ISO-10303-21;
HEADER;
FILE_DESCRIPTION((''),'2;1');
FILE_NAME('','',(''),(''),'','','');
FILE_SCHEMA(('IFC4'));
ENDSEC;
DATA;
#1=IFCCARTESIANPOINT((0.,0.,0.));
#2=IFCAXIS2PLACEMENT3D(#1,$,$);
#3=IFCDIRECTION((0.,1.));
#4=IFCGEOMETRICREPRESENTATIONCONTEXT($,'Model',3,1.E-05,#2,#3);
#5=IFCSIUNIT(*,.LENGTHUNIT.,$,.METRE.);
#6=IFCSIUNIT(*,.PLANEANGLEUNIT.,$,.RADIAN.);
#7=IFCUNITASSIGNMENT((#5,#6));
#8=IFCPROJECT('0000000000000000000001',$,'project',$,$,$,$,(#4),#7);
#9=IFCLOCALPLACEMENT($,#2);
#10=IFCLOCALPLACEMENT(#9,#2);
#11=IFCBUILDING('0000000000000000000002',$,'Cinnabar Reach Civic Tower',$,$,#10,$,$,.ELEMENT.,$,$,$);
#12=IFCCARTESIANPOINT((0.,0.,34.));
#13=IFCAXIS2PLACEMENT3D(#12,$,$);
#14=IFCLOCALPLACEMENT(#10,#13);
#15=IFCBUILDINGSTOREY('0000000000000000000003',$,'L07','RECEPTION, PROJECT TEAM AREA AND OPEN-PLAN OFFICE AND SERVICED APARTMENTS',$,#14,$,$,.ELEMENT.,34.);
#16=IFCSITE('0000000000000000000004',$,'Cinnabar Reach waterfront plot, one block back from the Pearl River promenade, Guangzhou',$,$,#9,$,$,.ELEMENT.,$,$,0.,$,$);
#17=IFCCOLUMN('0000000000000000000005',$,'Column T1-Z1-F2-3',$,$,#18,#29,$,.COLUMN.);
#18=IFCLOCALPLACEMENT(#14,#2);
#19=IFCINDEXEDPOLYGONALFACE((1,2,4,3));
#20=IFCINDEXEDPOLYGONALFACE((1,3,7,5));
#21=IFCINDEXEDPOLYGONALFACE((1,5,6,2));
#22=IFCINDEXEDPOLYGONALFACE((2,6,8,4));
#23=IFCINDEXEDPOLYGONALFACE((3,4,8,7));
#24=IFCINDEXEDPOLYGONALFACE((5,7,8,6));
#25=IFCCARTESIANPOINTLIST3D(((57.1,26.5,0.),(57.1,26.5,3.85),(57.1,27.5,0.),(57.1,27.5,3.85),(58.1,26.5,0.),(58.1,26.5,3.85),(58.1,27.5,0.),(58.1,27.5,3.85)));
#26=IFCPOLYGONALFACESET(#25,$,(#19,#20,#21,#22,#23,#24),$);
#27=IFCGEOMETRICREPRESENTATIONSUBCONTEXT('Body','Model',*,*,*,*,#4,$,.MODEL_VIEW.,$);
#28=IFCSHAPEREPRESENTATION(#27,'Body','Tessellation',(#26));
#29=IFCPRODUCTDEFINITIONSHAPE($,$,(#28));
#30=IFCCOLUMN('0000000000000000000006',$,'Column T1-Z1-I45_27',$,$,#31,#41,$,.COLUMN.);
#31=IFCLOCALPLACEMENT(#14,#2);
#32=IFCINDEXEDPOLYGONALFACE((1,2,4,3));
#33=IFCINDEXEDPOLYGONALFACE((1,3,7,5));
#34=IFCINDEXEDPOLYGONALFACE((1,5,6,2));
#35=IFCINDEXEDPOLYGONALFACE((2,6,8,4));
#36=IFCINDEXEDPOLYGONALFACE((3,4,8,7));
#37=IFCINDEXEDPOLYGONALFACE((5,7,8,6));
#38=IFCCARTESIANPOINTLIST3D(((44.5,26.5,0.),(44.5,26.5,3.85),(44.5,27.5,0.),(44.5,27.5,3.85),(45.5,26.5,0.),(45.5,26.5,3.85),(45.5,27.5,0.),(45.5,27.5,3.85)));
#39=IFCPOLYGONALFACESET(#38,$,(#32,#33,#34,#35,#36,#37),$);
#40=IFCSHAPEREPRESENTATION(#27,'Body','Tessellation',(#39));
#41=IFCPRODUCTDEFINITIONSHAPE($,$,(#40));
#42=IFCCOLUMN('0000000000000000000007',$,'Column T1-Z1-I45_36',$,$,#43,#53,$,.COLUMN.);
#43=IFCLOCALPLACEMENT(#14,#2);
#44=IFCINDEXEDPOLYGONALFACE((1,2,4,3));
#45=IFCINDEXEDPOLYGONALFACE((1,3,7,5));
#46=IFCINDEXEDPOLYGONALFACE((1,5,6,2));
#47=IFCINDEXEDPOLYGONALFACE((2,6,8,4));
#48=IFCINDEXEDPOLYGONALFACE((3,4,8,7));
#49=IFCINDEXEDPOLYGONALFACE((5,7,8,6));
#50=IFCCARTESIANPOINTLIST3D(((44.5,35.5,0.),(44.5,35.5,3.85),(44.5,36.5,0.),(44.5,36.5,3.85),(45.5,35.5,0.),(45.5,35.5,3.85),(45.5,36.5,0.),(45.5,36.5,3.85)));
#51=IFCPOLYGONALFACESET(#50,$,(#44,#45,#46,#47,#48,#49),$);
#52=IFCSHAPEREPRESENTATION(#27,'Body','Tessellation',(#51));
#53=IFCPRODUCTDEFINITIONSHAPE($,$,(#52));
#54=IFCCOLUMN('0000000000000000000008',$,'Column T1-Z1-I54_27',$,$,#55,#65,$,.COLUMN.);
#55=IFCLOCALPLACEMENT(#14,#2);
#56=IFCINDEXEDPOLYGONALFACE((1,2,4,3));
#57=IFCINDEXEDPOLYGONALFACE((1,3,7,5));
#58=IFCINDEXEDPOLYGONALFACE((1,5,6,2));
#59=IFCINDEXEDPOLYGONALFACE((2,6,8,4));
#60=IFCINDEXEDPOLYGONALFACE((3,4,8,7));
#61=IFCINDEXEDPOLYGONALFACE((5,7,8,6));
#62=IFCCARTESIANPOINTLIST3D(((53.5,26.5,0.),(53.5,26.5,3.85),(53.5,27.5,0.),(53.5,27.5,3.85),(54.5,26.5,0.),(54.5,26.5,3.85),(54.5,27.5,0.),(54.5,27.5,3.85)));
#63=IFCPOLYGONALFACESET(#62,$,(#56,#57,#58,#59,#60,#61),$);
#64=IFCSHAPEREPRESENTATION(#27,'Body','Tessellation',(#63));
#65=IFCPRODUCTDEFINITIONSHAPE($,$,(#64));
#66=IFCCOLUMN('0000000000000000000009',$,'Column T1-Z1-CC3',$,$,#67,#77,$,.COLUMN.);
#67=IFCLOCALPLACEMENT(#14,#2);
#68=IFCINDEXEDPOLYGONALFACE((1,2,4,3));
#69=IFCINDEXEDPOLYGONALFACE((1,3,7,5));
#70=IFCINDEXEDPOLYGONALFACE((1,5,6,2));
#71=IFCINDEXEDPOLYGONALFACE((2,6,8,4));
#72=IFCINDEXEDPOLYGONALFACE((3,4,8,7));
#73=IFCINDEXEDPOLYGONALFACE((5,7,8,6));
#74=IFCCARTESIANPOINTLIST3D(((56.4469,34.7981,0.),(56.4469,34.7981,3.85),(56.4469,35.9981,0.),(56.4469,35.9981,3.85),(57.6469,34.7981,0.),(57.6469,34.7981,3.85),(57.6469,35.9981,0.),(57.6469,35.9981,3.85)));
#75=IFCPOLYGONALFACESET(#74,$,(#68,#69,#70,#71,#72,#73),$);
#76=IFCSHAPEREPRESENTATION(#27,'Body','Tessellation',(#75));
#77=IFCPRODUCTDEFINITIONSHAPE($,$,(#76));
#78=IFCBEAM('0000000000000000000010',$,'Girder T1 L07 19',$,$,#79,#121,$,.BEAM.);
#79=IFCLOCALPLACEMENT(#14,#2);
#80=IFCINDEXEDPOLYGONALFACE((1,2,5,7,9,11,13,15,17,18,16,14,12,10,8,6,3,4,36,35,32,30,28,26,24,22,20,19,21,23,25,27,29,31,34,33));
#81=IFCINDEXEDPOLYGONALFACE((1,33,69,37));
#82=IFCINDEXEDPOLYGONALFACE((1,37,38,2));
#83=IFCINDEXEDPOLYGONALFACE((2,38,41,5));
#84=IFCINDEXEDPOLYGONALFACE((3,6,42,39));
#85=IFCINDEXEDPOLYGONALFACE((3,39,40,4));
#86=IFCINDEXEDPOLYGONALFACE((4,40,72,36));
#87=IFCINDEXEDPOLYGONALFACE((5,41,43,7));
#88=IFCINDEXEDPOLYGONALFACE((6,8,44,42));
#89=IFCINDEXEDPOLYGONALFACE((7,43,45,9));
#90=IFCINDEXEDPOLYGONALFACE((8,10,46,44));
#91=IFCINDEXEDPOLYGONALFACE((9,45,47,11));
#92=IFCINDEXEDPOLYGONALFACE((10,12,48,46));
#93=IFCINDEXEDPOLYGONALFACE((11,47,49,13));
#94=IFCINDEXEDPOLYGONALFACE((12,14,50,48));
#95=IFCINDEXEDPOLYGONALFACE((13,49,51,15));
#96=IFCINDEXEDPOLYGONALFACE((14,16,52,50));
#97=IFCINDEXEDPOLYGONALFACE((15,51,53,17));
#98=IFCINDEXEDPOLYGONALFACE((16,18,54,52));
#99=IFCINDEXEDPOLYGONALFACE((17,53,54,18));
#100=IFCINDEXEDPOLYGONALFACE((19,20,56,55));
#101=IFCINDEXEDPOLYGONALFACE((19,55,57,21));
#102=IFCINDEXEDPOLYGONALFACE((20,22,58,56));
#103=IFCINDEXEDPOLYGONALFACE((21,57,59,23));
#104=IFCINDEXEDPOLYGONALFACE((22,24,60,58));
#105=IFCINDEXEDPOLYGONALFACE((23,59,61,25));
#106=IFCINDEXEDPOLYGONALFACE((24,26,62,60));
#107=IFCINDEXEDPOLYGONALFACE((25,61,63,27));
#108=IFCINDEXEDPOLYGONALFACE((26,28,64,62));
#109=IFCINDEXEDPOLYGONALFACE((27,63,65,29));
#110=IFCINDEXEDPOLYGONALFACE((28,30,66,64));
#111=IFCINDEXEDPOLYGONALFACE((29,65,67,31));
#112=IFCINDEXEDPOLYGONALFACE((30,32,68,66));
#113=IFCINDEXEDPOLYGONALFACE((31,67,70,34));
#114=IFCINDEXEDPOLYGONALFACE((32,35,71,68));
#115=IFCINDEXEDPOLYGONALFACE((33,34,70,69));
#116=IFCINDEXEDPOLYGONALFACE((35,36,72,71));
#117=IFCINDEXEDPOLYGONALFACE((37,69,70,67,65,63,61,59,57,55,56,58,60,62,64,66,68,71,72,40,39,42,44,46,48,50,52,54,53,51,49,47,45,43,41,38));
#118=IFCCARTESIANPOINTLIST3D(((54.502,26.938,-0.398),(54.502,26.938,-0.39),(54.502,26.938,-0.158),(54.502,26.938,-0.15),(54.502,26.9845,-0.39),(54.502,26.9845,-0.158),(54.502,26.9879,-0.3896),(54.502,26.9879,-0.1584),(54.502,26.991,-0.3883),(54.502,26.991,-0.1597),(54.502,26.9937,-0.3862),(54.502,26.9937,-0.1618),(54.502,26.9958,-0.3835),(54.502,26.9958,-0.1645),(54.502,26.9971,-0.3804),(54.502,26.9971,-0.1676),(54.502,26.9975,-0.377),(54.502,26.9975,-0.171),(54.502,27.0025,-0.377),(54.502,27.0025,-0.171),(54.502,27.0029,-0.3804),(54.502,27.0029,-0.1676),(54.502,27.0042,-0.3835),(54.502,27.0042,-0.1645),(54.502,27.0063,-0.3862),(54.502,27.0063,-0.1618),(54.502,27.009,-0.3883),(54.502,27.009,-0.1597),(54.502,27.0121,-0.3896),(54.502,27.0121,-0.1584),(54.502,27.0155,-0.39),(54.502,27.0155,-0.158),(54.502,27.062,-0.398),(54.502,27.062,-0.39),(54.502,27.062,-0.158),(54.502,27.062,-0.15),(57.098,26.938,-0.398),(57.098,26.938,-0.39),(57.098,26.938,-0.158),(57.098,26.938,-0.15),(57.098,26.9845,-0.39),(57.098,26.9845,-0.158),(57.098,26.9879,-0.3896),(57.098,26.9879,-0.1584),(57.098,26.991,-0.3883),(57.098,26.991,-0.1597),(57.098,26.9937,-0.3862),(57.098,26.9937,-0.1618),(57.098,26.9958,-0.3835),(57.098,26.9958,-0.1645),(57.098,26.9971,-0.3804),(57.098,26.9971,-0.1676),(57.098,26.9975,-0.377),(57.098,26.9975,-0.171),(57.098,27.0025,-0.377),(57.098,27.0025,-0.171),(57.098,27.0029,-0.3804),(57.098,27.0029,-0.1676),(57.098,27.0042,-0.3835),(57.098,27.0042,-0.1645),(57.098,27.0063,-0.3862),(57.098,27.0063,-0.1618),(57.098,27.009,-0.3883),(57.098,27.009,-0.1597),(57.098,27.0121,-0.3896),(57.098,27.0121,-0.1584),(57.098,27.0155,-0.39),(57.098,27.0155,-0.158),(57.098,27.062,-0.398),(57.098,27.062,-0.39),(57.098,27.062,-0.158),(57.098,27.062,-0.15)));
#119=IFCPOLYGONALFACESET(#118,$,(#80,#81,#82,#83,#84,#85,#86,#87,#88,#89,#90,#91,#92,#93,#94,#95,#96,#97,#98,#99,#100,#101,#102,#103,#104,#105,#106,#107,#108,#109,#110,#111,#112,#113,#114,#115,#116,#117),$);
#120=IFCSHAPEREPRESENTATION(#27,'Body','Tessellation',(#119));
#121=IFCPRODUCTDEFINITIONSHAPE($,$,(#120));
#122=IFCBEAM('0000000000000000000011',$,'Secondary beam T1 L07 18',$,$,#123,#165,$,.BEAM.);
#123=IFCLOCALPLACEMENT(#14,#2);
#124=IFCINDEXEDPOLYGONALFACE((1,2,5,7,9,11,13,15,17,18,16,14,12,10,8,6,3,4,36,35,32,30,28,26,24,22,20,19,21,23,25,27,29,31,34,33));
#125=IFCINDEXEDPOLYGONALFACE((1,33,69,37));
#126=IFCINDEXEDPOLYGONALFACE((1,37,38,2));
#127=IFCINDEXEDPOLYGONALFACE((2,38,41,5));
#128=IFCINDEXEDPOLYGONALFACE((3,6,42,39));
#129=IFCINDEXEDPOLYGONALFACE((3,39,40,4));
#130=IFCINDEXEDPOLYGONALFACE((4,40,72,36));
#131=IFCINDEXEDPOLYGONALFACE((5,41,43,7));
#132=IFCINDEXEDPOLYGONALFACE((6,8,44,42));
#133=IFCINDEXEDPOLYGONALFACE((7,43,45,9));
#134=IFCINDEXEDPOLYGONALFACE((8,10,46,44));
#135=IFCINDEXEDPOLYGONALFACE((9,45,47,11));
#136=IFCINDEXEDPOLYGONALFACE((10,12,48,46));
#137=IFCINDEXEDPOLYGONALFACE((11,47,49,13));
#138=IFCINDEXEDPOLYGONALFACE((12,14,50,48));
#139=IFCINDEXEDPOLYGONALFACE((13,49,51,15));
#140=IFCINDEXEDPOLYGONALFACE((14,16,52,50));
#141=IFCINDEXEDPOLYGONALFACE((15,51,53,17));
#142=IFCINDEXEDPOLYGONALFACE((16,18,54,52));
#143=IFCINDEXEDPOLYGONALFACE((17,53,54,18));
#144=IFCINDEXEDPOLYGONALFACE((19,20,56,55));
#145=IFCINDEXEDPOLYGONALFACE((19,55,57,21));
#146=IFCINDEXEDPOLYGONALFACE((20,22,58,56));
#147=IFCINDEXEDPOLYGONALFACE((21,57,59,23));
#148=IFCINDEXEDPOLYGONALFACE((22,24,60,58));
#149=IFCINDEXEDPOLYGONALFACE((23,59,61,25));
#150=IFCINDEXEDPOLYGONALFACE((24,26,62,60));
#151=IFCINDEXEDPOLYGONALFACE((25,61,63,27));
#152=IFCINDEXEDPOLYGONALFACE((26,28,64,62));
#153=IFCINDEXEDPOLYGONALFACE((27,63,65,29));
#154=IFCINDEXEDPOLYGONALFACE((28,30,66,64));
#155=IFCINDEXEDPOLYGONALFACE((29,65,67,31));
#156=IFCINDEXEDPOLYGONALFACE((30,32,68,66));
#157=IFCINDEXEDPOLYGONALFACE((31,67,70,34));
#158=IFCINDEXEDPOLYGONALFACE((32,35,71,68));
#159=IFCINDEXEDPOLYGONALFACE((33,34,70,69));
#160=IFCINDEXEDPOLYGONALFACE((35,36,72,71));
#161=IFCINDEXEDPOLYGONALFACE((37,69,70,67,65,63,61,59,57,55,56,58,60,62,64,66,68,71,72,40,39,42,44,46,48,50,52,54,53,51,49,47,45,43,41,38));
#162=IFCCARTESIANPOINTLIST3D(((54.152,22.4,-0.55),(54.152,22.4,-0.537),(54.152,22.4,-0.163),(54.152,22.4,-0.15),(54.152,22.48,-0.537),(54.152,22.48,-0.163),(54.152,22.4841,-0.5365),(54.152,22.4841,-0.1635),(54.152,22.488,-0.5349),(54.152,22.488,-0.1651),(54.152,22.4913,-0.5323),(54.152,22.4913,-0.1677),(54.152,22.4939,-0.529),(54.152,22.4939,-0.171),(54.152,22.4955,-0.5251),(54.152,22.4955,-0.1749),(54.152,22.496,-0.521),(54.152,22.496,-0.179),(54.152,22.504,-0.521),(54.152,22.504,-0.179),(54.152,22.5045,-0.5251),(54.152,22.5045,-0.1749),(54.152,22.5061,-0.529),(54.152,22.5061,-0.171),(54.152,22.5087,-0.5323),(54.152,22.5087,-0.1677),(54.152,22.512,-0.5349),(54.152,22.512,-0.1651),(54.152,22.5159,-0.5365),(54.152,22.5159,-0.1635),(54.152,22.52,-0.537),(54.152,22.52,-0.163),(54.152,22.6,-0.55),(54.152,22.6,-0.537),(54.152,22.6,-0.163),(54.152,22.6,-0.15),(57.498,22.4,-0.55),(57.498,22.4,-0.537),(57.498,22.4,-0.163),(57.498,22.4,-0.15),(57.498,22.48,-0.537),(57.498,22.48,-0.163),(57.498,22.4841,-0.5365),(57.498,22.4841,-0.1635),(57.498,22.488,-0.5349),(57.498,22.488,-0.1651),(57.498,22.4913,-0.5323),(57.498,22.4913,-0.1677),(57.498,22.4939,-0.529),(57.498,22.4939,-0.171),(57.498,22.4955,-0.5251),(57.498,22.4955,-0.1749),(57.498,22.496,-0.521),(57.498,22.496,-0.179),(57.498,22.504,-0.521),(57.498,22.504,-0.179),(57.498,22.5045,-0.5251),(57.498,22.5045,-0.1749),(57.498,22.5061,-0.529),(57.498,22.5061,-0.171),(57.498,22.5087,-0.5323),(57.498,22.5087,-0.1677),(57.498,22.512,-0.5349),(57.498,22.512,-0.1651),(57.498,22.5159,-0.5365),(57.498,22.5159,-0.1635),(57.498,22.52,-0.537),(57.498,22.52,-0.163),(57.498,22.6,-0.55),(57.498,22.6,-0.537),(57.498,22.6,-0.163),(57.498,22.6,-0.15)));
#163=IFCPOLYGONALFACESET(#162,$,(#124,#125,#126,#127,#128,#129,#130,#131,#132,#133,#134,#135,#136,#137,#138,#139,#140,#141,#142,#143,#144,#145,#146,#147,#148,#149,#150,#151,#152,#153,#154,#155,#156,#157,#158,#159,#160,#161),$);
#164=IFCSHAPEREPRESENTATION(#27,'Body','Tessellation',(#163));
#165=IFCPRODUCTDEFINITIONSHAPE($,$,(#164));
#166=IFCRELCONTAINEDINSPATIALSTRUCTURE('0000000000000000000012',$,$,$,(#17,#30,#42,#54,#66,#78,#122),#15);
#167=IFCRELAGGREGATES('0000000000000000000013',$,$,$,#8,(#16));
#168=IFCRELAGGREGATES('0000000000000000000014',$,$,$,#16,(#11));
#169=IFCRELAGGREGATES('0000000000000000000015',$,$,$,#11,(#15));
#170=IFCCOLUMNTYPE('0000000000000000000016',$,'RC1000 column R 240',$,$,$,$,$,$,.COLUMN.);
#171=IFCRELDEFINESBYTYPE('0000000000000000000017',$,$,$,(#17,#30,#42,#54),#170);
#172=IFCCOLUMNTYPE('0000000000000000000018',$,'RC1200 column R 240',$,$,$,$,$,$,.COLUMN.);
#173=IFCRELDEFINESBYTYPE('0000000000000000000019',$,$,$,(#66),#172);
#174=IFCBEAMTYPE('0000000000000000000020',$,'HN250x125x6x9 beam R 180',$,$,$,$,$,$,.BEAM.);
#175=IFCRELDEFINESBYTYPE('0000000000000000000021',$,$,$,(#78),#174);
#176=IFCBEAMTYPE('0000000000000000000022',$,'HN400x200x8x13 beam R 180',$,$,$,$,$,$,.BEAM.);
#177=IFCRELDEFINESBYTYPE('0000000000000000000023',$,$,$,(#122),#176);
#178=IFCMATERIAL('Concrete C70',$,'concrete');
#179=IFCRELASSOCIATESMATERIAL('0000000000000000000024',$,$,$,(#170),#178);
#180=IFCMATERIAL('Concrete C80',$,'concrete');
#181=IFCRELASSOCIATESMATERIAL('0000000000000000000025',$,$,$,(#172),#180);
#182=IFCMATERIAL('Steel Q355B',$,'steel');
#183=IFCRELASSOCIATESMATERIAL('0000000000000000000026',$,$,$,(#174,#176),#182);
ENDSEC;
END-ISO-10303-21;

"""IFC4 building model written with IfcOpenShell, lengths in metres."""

from ifc_helpers import new_model, si_unit, direction, frame, origin, origin_2d, place, context, subcontext, project, spatial, rectangle, i_section, extrude, material, material_profile, profile_set, type_object, element, save


model = new_model("IFC4")

# Units and contexts
model_context = context("Model", 3, precision=1e-05, world=origin(), true_north=direction((0.0, 1.0)))
body_context = subcontext(model_context, "Body", "Model", "MODEL_VIEW")
ifc_project = project(units=[si_unit("LENGTHUNIT", "METRE"), si_unit("PLANEANGLEUNIT", "RADIAN")], contexts=[model_context])

# Site, building, storey
site_placement = place(None, origin())
site = spatial("IfcSite", under=ifc_project, at=site_placement, Name="Cinnabar Reach waterfront plot, one block back from the Pearl River promenade, Guangzhou", CompositionType="ELEMENT", RefElevation=0.0)
building_placement = place(site_placement, origin())
building = spatial("IfcBuilding", under=site, at=building_placement, Name="Cinnabar Reach Civic Tower", CompositionType="ELEMENT")
storey_placement = place(building_placement, frame((0.0, 0.0, 34.0)))
storey = spatial("IfcBuildingStorey", under=building, at=storey_placement, Name="L07", Description="RECEPTION, PROJECT TEAM AREA AND OPEN-PLAN OFFICE AND SERVICED APARTMENTS", CompositionType="ELEMENT", Elevation=34.0)

# Columns
ifc_material_1 = material(Name="Concrete C70", Category="concrete")
ifc_material_profile_1 = material_profile(ifc_material_1, rectangle(XDim=1.0, YDim=1.0, at=origin_2d()), Name="RC1000")
ifc_profile_set_1 = profile_set([ifc_material_profile_1], Name="Concrete C70")
column_type_1 = type_object("IfcColumnType", Name="RC1000 column R 240", PredefinedType="COLUMN", material=ifc_profile_set_1)
for number, where, z_axis, x_axis, name in (
    (1, (57.6, 27.0, 0.0), (0.0, 0.0, 1.0), (1.0, 0.0, 0.0), "Column T1-Z1-F2-3"),
    (2, (45.0, 27.0, 0.0), (0.0, 0.0, 1.0), (1.0, 0.0, 0.0), "Column T1-Z1-I45_27"),
    (3, (45.0, 36.0, 0.0), (0.0, 0.0, 1.0), (1.0, 0.0, 0.0), "Column T1-Z1-I45_36"),
    (4, (54.0, 27.0, 0.0), (0.0, 0.0, 1.0), (1.0, 0.0, 0.0), "Column T1-Z1-I54_27"),
):
    element("IfcColumn", number, at=place(storey_placement, frame(where, z_axis=z_axis, x_axis=x_axis)), inside=storey, type_object=column_type_1, Name=name, PredefinedType="COLUMN", context=body_context, shape_type="SweptSolid", body=[
        extrude(rectangle(XDim=1.0, YDim=1.0, at=origin_2d()), origin(), (0.0, 0.0, 1.0), 3.85),
    ])
ifc_material_2 = material(Name="Concrete C80", Category="concrete")
ifc_material_profile_2 = material_profile(ifc_material_2, rectangle(XDim=1.2, YDim=1.2, at=origin_2d()), Name="RC1200")
ifc_profile_set_2 = profile_set([ifc_material_profile_2], Name="Concrete C80")
column_type_2 = type_object("IfcColumnType", Name="RC1200 column R 240", PredefinedType="COLUMN", material=ifc_profile_set_2)
column_placement = place(storey_placement, frame((57.0469, 35.3981, 0.0), z_axis=(0.0, 0.0, 1.0), x_axis=(1.0, 0.0, 0.0)))
element("IfcColumn", 5, at=column_placement, inside=storey, type_object=column_type_2, Name="Column T1-Z1-CC3", PredefinedType="COLUMN", context=body_context, shape_type="SweptSolid", body=[
    extrude(rectangle(XDim=1.2, YDim=1.2, at=origin_2d()), origin(), (0.0, 0.0, 1.0), 3.85),
])

# Beams
ifc_material_3 = material(Name="Steel Q355B", Category="steel")
ifc_material_profile_3 = material_profile(ifc_material_3, i_section(OverallWidth=0.124, OverallDepth=0.248, WebThickness=0.005, FlangeThickness=0.008, FilletRadius=0.013, at=origin_2d()), Name="HN250x125x6x9")
ifc_profile_set_3 = profile_set([ifc_material_profile_3], Name="Steel Q355B")
beam_type_1 = type_object("IfcBeamType", Name="HN250x125x6x9 beam R 180", PredefinedType="BEAM", material=ifc_profile_set_3)
beam_1_placement = place(storey_placement, frame((54.502, 27.0, -0.274), z_axis=(1.0, 0.0, 0.0), x_axis=(0.0, 1.0, 0.0)))
element("IfcBeam", 6, at=beam_1_placement, inside=storey, type_object=beam_type_1, Name="Girder T1 L07 19", PredefinedType="BEAM", context=body_context, shape_type="SweptSolid", body=[
    extrude(i_section(OverallWidth=0.124, OverallDepth=0.248, WebThickness=0.005, FlangeThickness=0.008, FilletRadius=0.013, at=origin_2d()), origin(), (0.0, 0.0, 1.0), 2.596),
])
ifc_material_profile_4 = material_profile(ifc_material_3, i_section(OverallWidth=0.2, OverallDepth=0.4, WebThickness=0.008, FlangeThickness=0.013, FilletRadius=0.016, at=origin_2d()), Name="HN400x200x8x13")
ifc_profile_set_4 = profile_set([ifc_material_profile_4], Name="Steel Q355B")
beam_type_2 = type_object("IfcBeamType", Name="HN400x200x8x13 beam R 180", PredefinedType="BEAM", material=ifc_profile_set_4)
beam_2_placement = place(storey_placement, frame((54.152, 22.5, -0.35), z_axis=(1.0, 0.0, 0.0), x_axis=(0.0, 1.0, 0.0)))
element("IfcBeam", 7, at=beam_2_placement, inside=storey, type_object=beam_type_2, Name="Secondary beam T1 L07 18", PredefinedType="BEAM", context=body_context, shape_type="SweptSolid", body=[
    extrude(i_section(OverallWidth=0.2, OverallDepth=0.4, WebThickness=0.008, FlangeThickness=0.013, FilletRadius=0.016, at=origin_2d()), origin(), (0.0, 0.0, 1.0), 3.346),
])

save(model, "model.ifc")
